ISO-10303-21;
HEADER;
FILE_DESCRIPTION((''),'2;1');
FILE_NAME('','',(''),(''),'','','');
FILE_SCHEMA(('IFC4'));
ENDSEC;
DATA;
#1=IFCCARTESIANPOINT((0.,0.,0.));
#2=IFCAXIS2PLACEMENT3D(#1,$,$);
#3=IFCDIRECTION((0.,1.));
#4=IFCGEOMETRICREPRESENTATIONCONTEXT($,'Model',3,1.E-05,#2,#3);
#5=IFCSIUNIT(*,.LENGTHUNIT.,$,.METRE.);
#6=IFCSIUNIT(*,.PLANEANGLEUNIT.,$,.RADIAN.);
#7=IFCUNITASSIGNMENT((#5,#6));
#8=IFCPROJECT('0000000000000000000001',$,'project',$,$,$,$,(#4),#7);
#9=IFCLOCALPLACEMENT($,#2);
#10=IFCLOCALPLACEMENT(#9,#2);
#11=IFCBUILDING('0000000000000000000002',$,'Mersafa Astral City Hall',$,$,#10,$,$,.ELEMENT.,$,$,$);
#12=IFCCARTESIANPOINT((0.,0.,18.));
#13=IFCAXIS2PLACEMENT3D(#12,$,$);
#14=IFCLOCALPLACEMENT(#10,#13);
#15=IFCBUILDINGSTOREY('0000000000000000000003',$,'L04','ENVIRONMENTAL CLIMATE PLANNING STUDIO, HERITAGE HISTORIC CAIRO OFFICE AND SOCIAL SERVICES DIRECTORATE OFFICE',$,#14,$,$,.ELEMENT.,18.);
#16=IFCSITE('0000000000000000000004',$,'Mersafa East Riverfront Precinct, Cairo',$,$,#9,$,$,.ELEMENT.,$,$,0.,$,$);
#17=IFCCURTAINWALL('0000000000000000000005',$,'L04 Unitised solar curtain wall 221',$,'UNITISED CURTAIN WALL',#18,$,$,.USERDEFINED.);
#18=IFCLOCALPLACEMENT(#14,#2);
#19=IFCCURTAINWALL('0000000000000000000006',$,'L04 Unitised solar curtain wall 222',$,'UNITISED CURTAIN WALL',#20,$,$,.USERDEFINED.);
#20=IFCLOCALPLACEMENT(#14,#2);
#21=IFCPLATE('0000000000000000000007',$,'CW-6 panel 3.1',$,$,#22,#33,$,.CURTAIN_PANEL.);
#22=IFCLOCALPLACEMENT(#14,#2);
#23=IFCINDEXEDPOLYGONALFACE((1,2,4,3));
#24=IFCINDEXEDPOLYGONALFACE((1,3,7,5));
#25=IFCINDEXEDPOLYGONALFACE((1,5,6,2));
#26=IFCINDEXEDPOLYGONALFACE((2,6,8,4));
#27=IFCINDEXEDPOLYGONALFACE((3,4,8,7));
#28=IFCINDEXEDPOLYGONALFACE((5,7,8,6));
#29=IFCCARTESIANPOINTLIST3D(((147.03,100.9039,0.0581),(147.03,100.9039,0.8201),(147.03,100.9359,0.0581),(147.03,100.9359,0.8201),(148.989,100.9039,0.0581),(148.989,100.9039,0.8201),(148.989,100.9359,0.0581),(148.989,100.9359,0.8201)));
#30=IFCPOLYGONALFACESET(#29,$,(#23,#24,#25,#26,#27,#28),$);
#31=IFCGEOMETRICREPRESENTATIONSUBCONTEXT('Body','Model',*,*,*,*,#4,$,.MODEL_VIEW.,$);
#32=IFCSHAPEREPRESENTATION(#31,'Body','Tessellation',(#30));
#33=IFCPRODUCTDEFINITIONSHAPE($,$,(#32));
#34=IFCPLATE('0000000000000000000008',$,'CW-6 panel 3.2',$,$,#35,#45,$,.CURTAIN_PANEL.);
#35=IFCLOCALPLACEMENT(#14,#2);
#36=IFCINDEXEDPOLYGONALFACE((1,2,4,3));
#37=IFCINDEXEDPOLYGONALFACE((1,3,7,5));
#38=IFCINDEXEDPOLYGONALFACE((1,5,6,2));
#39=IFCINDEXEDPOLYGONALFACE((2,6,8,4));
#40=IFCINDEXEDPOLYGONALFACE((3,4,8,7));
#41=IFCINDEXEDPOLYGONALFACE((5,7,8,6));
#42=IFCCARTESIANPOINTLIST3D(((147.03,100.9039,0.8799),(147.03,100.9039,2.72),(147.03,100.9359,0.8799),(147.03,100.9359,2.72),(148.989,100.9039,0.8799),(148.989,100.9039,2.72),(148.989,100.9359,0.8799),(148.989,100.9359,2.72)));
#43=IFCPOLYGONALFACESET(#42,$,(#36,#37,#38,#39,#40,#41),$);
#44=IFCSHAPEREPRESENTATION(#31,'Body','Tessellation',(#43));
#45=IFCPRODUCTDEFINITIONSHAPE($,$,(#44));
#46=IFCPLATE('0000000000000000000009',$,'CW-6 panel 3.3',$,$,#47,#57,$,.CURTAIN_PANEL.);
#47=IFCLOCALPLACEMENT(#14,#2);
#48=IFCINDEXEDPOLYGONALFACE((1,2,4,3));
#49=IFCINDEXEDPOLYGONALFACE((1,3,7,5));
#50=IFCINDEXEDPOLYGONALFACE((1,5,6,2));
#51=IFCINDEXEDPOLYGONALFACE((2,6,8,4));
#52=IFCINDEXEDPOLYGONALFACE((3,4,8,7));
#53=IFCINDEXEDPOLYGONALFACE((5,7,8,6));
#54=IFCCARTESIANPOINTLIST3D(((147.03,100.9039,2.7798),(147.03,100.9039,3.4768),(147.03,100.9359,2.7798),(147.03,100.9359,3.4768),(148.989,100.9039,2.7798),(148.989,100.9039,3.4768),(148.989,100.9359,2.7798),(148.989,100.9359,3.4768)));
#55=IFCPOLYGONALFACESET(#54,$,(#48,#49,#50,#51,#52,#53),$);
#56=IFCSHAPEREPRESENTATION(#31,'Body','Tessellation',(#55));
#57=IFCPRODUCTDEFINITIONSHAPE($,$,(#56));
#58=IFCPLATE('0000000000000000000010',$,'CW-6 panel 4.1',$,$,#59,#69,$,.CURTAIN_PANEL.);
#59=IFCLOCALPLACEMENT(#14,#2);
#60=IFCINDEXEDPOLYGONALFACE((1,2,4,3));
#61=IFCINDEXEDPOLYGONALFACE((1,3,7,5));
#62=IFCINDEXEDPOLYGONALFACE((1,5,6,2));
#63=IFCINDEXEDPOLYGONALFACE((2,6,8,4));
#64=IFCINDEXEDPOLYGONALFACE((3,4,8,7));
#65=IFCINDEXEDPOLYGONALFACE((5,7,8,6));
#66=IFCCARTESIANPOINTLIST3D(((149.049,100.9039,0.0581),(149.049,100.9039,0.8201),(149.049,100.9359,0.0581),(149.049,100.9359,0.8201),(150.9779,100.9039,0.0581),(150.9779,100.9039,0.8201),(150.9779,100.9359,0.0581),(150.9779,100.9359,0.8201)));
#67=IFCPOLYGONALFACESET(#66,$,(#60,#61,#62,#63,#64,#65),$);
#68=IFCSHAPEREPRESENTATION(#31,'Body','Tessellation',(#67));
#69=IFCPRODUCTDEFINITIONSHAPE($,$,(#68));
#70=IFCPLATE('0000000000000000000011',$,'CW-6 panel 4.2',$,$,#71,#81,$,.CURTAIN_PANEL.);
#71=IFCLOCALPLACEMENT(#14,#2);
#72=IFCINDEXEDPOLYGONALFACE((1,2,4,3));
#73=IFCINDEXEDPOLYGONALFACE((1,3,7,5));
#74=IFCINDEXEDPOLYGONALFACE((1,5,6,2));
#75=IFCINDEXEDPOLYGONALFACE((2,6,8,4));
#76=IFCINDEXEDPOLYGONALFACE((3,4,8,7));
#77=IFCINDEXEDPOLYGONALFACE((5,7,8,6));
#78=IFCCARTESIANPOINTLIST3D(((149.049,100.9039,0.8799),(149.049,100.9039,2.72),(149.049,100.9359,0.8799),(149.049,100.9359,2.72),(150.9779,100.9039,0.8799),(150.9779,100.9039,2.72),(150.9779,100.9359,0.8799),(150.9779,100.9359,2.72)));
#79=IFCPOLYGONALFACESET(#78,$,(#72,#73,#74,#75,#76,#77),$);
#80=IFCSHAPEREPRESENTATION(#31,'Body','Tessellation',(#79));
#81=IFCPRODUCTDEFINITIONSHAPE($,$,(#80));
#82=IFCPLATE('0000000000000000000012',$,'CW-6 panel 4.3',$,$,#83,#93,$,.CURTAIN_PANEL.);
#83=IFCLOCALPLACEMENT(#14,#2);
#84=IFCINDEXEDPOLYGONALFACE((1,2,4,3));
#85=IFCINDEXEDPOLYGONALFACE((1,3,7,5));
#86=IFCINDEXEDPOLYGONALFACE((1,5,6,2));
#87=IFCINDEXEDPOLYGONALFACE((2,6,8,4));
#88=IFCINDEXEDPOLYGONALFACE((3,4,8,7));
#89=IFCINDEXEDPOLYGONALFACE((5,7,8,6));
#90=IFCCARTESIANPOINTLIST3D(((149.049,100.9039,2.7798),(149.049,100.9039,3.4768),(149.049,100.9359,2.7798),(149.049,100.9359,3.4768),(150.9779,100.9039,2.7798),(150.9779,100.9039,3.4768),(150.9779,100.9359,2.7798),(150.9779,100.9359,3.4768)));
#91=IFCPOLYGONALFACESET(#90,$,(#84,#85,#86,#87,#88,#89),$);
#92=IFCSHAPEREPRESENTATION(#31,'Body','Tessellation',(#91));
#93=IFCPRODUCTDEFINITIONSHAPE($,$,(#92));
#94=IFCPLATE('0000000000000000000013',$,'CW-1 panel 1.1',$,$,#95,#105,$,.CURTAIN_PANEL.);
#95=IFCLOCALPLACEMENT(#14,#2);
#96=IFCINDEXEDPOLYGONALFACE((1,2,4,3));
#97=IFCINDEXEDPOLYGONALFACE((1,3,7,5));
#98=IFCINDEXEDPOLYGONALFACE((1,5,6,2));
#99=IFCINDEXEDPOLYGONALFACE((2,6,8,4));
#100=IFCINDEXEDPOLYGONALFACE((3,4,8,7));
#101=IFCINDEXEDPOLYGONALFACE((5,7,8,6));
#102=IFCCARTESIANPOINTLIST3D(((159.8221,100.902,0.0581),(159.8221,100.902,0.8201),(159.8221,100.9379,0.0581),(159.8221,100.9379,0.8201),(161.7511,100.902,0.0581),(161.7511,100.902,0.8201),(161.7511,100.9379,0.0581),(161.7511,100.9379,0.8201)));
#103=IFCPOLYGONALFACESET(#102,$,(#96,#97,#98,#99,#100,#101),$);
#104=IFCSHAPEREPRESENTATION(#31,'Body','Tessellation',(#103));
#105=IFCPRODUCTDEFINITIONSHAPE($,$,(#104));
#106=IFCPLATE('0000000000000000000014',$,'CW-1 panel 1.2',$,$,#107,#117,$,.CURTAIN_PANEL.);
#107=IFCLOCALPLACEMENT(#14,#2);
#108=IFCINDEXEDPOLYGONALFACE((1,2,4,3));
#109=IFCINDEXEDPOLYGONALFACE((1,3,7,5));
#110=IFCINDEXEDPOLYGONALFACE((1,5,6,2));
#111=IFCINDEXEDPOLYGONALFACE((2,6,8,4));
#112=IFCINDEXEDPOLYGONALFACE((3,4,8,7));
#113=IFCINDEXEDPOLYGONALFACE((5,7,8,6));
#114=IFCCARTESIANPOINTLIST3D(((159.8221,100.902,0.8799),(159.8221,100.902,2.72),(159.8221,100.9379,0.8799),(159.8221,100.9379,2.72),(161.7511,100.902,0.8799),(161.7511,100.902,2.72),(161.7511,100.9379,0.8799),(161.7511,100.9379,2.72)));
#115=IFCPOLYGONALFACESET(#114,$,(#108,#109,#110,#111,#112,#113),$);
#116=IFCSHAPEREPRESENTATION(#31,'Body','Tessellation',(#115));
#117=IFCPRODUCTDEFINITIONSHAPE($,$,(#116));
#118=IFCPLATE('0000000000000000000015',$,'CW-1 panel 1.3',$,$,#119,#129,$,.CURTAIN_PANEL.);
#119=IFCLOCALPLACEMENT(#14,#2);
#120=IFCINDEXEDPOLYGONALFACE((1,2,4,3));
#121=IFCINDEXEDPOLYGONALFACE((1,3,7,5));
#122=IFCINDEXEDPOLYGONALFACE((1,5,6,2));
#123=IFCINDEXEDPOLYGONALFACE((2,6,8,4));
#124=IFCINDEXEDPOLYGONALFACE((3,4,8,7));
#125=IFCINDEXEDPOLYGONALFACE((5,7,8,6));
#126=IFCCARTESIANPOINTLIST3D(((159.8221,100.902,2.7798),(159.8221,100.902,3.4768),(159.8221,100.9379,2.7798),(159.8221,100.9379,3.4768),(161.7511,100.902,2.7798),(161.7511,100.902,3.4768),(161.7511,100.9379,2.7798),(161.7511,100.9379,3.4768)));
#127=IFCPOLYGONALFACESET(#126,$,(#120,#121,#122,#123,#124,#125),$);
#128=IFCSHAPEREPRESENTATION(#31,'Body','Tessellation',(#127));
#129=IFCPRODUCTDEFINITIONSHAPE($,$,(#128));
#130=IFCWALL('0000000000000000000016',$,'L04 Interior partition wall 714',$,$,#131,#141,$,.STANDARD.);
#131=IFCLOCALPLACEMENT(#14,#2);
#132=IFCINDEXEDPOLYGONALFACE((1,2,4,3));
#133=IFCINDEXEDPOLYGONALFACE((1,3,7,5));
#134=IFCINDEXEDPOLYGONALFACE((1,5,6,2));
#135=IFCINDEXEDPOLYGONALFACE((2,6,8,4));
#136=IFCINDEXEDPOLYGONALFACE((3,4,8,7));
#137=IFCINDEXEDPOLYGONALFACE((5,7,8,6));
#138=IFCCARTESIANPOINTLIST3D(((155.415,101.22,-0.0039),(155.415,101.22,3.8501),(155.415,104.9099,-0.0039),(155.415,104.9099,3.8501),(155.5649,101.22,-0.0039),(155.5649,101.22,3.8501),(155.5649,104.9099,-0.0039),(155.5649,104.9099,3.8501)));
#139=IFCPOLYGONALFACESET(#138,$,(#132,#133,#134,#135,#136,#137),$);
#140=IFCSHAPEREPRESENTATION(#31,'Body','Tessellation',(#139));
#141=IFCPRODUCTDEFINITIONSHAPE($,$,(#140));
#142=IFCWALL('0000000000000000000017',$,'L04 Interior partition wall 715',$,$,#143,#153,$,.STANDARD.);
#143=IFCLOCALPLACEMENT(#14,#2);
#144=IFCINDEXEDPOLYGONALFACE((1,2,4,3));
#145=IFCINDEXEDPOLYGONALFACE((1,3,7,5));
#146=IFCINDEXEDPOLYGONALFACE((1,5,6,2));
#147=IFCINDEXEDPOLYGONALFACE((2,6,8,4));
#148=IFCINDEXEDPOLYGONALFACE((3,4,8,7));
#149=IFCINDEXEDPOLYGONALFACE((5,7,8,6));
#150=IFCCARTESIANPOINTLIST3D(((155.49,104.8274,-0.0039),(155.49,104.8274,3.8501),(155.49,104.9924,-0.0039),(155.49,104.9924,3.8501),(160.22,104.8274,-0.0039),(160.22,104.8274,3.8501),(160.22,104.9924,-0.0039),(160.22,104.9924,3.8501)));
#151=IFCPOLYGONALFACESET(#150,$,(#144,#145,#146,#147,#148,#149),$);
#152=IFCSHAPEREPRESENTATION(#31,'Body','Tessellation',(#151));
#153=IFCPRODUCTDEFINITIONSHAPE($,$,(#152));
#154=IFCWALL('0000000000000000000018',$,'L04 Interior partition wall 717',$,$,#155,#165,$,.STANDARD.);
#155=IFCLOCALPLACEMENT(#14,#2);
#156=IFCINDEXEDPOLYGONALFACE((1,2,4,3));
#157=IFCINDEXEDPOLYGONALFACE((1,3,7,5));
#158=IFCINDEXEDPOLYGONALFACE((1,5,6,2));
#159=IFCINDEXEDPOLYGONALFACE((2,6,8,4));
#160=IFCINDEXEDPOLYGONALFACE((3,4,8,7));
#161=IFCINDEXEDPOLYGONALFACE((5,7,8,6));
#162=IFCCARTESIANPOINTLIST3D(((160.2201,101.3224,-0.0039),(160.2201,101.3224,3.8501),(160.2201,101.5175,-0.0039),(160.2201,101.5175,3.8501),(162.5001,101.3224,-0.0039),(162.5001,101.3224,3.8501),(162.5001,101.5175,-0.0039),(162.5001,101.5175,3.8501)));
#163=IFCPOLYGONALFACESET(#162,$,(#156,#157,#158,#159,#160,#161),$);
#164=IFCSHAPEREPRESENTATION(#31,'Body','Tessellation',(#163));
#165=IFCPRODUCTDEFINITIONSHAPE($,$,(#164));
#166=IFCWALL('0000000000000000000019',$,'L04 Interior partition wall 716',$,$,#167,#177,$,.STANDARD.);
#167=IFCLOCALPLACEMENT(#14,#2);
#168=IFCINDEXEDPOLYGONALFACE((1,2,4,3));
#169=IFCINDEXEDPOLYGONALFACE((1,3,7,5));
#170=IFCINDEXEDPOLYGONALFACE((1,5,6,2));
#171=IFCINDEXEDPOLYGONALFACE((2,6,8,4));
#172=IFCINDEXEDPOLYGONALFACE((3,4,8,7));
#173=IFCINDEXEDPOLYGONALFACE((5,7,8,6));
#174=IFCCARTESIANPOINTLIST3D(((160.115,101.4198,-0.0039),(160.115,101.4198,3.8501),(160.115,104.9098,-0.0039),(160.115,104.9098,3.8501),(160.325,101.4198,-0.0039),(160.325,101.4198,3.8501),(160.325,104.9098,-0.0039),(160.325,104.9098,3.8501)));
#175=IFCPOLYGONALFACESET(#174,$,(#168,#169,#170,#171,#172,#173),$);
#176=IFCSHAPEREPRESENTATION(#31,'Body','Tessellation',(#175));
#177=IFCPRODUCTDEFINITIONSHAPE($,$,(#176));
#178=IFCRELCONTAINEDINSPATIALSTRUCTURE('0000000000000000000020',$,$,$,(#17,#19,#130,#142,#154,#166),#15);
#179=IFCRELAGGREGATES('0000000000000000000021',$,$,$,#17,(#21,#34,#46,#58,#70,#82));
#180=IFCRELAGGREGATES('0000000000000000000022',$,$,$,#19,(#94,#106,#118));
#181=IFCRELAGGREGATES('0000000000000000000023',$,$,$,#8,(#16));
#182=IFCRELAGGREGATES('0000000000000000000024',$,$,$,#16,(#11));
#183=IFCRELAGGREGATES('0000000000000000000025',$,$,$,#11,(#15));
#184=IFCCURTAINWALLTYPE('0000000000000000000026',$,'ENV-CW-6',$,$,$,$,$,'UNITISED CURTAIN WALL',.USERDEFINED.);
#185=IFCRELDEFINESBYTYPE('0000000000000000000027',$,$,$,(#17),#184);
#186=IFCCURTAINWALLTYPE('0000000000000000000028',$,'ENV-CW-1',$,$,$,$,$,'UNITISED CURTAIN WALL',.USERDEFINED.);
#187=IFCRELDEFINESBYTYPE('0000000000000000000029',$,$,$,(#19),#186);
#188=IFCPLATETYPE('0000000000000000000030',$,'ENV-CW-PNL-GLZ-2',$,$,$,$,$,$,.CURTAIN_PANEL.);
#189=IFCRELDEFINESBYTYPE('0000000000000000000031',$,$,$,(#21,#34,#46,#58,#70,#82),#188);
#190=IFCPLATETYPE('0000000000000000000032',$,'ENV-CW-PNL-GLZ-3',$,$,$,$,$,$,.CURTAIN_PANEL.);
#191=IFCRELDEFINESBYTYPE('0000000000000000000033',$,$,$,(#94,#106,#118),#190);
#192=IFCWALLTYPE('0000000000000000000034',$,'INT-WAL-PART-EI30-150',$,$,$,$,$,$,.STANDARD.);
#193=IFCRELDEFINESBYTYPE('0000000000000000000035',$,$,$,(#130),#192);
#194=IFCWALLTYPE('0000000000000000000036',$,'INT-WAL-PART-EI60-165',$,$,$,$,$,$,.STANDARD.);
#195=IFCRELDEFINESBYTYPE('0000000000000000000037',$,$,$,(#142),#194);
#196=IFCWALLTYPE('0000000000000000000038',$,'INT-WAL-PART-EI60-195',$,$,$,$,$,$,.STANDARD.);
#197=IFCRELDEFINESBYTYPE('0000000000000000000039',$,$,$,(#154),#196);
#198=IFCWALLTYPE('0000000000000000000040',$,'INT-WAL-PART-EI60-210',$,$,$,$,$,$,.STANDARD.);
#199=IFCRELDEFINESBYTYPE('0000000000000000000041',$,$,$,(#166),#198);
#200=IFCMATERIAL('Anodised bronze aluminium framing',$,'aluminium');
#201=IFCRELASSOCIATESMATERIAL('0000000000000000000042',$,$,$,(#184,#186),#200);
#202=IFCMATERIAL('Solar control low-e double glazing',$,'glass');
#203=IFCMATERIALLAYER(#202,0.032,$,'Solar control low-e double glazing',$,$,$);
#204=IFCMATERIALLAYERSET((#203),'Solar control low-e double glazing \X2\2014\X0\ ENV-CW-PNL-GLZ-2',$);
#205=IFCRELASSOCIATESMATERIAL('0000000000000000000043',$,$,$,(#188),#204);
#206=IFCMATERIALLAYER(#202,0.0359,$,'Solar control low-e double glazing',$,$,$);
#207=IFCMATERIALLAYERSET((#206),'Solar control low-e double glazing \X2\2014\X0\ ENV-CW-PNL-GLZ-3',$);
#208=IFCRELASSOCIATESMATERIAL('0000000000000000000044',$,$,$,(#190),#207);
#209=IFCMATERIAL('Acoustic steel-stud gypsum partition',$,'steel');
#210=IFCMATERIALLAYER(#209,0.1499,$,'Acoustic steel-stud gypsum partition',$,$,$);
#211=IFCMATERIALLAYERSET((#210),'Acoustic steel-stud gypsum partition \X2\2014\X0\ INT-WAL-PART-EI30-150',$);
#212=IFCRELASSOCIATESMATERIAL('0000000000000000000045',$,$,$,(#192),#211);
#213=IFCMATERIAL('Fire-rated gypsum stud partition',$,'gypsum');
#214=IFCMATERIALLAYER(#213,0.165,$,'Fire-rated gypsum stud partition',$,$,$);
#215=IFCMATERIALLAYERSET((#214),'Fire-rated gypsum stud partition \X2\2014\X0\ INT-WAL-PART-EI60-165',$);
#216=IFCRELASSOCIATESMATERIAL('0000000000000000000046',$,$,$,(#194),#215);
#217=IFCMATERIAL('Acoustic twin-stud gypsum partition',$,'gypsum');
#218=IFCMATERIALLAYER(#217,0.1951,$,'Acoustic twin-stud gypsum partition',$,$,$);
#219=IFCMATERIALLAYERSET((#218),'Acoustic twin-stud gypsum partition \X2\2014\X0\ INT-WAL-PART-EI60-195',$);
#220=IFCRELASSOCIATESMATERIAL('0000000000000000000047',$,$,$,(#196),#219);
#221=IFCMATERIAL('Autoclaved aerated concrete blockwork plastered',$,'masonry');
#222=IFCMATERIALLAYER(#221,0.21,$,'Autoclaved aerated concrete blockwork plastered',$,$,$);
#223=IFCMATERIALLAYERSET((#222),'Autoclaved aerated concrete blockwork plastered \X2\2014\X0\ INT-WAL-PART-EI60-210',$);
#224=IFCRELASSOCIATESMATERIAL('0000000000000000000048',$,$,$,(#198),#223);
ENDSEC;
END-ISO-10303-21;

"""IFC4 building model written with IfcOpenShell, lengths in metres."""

from ifc_helpers import new_model, si_unit, direction, frame, frame_2d, origin, origin_2d, place, context, subcontext, project, spatial, rectangle, extrude, material, layer, layer_set, type_object, element, aggregate, save


model = new_model("IFC4")

# Units and contexts
model_context = context("Model", 3, precision=1e-05, world=origin(), true_north=direction((0.0, 1.0)))
body_context = subcontext(model_context, "Body", "Model", "MODEL_VIEW")
ifc_project = project(units=[si_unit("LENGTHUNIT", "METRE"), si_unit("PLANEANGLEUNIT", "RADIAN")], contexts=[model_context])

# Site, building, storey
site_placement = place(None, origin())
site = spatial("IfcSite", under=ifc_project, at=site_placement, Name="Mersafa East Riverfront Precinct, Cairo", CompositionType="ELEMENT", RefElevation=0.0)
building_placement = place(site_placement, origin())
building = spatial("IfcBuilding", under=site, at=building_placement, Name="Mersafa Astral City Hall", CompositionType="ELEMENT")
storey_placement = place(building_placement, frame((0.0, 0.0, 18.0)))
storey = spatial("IfcBuildingStorey", under=building, at=storey_placement, Name="L04", Description="ENVIRONMENTAL CLIMATE PLANNING STUDIO, HERITAGE HISTORIC CAIRO OFFICE AND SOCIAL SERVICES DIRECTORATE OFFICE", CompositionType="ELEMENT", Elevation=18.0)

# Curtain walls
ifc_material_1 = material(Name="Anodised bronze aluminium framing", Category="aluminium")
curtain_wall_type_1 = type_object("IfcCurtainWallType", Name="ENV-CW-6", ElementType="UNITISED CURTAIN WALL", PredefinedType="USERDEFINED", material=ifc_material_1)
curtain_wall_1_placement = place(storey_placement, origin())
curtain_wall_1 = element("IfcCurtainWall", 1, at=curtain_wall_1_placement, inside=storey, type_object=curtain_wall_type_1, Name="L04 Unitised solar curtain wall 221", ObjectType="UNITISED CURTAIN WALL", PredefinedType="USERDEFINED")
curtain_wall_type_2 = type_object("IfcCurtainWallType", Name="ENV-CW-1", ElementType="UNITISED CURTAIN WALL", PredefinedType="USERDEFINED", material=ifc_material_1)
curtain_wall_2_placement = place(storey_placement, origin())
curtain_wall_2 = element("IfcCurtainWall", 2, at=curtain_wall_2_placement, inside=storey, type_object=curtain_wall_type_2, Name="L04 Unitised solar curtain wall 222", ObjectType="UNITISED CURTAIN WALL", PredefinedType="USERDEFINED")

# Plates
ifc_material_2 = material(Name="Solar control low-e double glazing", Category="glass")
ifc_layer_1 = layer(ifc_material_2, 0.032, Name="Solar control low-e double glazing")
ifc_layer_set_1 = layer_set([ifc_layer_1], Name="Solar control low-e double glazing — ENV-CW-PNL-GLZ-2")
plate_type_1 = type_object("IfcPlateType", Name="ENV-CW-PNL-GLZ-2", PredefinedType="CURTAIN_PANEL", material=ifc_layer_set_1)
plate_1_placement = place(storey_placement, frame((148.0095, 100.9199, 0.0581), z_axis=(0.0, 0.0, 1.0), x_axis=(1.0, 0.0, 0.0)))
plate_1 = element("IfcPlate", 3, at=plate_1_placement, type_object=plate_type_1, Name="CW-6 panel 3.1", PredefinedType="CURTAIN_PANEL", context=body_context, shape_type="SweptSolid", body=[
    extrude(rectangle(XDim=1.959, YDim=0.032, at=origin_2d()), origin(), (0.0, 0.0, 1.0), 0.762),
])
plate_2_placement = place(storey_placement, frame((148.0095, 100.9199, 0.8799), z_axis=(0.0, 0.0, 1.0), x_axis=(1.0, 0.0, 0.0)))
plate_2 = element("IfcPlate", 4, at=plate_2_placement, type_object=plate_type_1, Name="CW-6 panel 3.2", PredefinedType="CURTAIN_PANEL", context=body_context, shape_type="SweptSolid", body=[
    extrude(rectangle(XDim=1.959, YDim=0.032, at=origin_2d()), origin(), (0.0, 0.0, 1.0), 1.8401),
])
plate_3_placement = place(storey_placement, frame((148.0095, 100.9199, 2.7798), z_axis=(0.0, 0.0, 1.0), x_axis=(1.0, 0.0, 0.0)))
plate_3 = element("IfcPlate", 5, at=plate_3_placement, type_object=plate_type_1, Name="CW-6 panel 3.3", PredefinedType="CURTAIN_PANEL", context=body_context, shape_type="SweptSolid", body=[
    extrude(rectangle(XDim=1.959, YDim=0.032, at=origin_2d()), origin(), (0.0, 0.0, 1.0), 0.697),
])
plate_4_placement = place(storey_placement, frame((150.0134, 100.9199, 0.0581), z_axis=(0.0, 0.0, 1.0), x_axis=(1.0, 0.0, 0.0)))
plate_4 = element("IfcPlate", 6, at=plate_4_placement, type_object=plate_type_1, Name="CW-6 panel 4.1", PredefinedType="CURTAIN_PANEL", context=body_context, shape_type="SweptSolid", body=[
    extrude(rectangle(XDim=1.929, YDim=0.032, at=origin_2d()), origin(), (0.0, 0.0, 1.0), 0.762),
])
plate_5_placement = place(storey_placement, frame((150.0134, 100.9199, 0.8799), z_axis=(0.0, 0.0, 1.0), x_axis=(1.0, 0.0, 0.0)))
plate_5 = element("IfcPlate", 7, at=plate_5_placement, type_object=plate_type_1, Name="CW-6 panel 4.2", PredefinedType="CURTAIN_PANEL", context=body_context, shape_type="SweptSolid", body=[
    extrude(rectangle(XDim=1.929, YDim=0.032, at=origin_2d()), origin(), (0.0, 0.0, 1.0), 1.8401),
])
plate_6_placement = place(storey_placement, frame((150.0134, 100.9199, 2.7798), z_axis=(0.0, 0.0, 1.0), x_axis=(1.0, 0.0, 0.0)))
plate_6 = element("IfcPlate", 8, at=plate_6_placement, type_object=plate_type_1, Name="CW-6 panel 4.3", PredefinedType="CURTAIN_PANEL", context=body_context, shape_type="SweptSolid", body=[
    extrude(rectangle(XDim=1.929, YDim=0.032, at=origin_2d()), origin(), (0.0, 0.0, 1.0), 0.697),
])
aggregate(curtain_wall_1, [plate_1, plate_2, plate_3, plate_4, plate_5, plate_6])
ifc_layer_2 = layer(ifc_material_2, 0.0359, Name="Solar control low-e double glazing")
ifc_layer_set_2 = layer_set([ifc_layer_2], Name="Solar control low-e double glazing — ENV-CW-PNL-GLZ-3")
plate_type_2 = type_object("IfcPlateType", Name="ENV-CW-PNL-GLZ-3", PredefinedType="CURTAIN_PANEL", material=ifc_layer_set_2)
plate_7_placement = place(storey_placement, frame((160.7866, 100.9199, 0.0581), z_axis=(0.0, 0.0, 1.0), x_axis=(1.0, 0.0, 0.0)))
plate_7 = element("IfcPlate", 9, at=plate_7_placement, type_object=plate_type_2, Name="CW-1 panel 1.1", PredefinedType="CURTAIN_PANEL", context=body_context, shape_type="SweptSolid", body=[
    extrude(rectangle(XDim=1.929, YDim=0.0359, at=origin_2d()), origin(), (0.0, 0.0, 1.0), 0.762),
])
plate_8_placement = place(storey_placement, frame((160.7866, 100.9199, 0.8799), z_axis=(0.0, 0.0, 1.0), x_axis=(1.0, 0.0, 0.0)))
plate_8 = element("IfcPlate", 10, at=plate_8_placement, type_object=plate_type_2, Name="CW-1 panel 1.2", PredefinedType="CURTAIN_PANEL", context=body_context, shape_type="SweptSolid", body=[
    extrude(rectangle(XDim=1.929, YDim=0.0359, at=origin_2d()), origin(), (0.0, 0.0, 1.0), 1.8401),
])
plate_9_placement = place(storey_placement, frame((160.7866, 100.9199, 2.7798), z_axis=(0.0, 0.0, 1.0), x_axis=(1.0, 0.0, 0.0)))
plate_9 = element("IfcPlate", 11, at=plate_9_placement, type_object=plate_type_2, Name="CW-1 panel 1.3", PredefinedType="CURTAIN_PANEL", context=body_context, shape_type="SweptSolid", body=[
    extrude(rectangle(XDim=1.929, YDim=0.0359, at=origin_2d()), origin(), (0.0, 0.0, 1.0), 0.697),
])
aggregate(curtain_wall_2, [plate_7, plate_8, plate_9])

# Walls
ifc_material_3 = material(Name="Acoustic steel-stud gypsum partition", Category="steel")
ifc_layer_3 = layer(ifc_material_3, 0.1499, Name="Acoustic steel-stud gypsum partition")
ifc_layer_set_3 = layer_set([ifc_layer_3], Name="Acoustic steel-stud gypsum partition — INT-WAL-PART-EI30-150")
wall_type_1 = type_object("IfcWallType", Name="INT-WAL-PART-EI30-150", PredefinedType="STANDARD", material=ifc_layer_set_3)
wall_1_placement = place(storey_placement, frame((155.49, 101.22, -0.0039), z_axis=(0.0, 0.0, 1.0), x_axis=(0.0, 1.0, 0.0)))
element("IfcWall", 12, at=wall_1_placement, inside=storey, type_object=wall_type_1, Name="L04 Interior partition wall 714", PredefinedType="STANDARD", context=body_context, shape_type="SweptSolid", body=[
    extrude(rectangle(XDim=3.6899, YDim=0.1499, at=frame_2d((1.845, 0.0))), origin(), (0.0, 0.0, 1.0), 3.854),
])
ifc_material_4 = material(Name="Fire-rated gypsum stud partition", Category="gypsum")
ifc_layer_4 = layer(ifc_material_4, 0.165, Name="Fire-rated gypsum stud partition")
ifc_layer_set_4 = layer_set([ifc_layer_4], Name="Fire-rated gypsum stud partition — INT-WAL-PART-EI60-165")
wall_type_2 = type_object("IfcWallType", Name="INT-WAL-PART-EI60-165", PredefinedType="STANDARD", material=ifc_layer_set_4)
wall_2_placement = place(storey_placement, frame((155.49, 104.9099, -0.0039), z_axis=(0.0, 0.0, 1.0), x_axis=(1.0, 0.0, 0.0)))
element("IfcWall", 13, at=wall_2_placement, inside=storey, type_object=wall_type_2, Name="L04 Interior partition wall 715", PredefinedType="STANDARD", context=body_context, shape_type="SweptSolid", body=[
    extrude(rectangle(XDim=4.73, YDim=0.165, at=frame_2d((2.365, 0.0))), origin(), (0.0, 0.0, 1.0), 3.854),
])
ifc_material_5 = material(Name="Acoustic twin-stud gypsum partition", Category="gypsum")
ifc_layer_5 = layer(ifc_material_5, 0.1951, Name="Acoustic twin-stud gypsum partition")
ifc_layer_set_5 = layer_set([ifc_layer_5], Name="Acoustic twin-stud gypsum partition — INT-WAL-PART-EI60-195")
wall_type_3 = type_object("IfcWallType", Name="INT-WAL-PART-EI60-195", PredefinedType="STANDARD", material=ifc_layer_set_5)
wall_3_placement = place(storey_placement, frame((160.22, 101.4199, -0.0039), z_axis=(0.0, 0.0, 1.0), x_axis=(1.0, 0.0, 0.0)))
element("IfcWall", 14, at=wall_3_placement, inside=storey, type_object=wall_type_3, Name="L04 Interior partition wall 717", PredefinedType="STANDARD", context=body_context, shape_type="SweptSolid", body=[
    extrude(rectangle(XDim=2.28, YDim=0.1951, at=frame_2d((1.1401, 0.0))), origin(), (0.0, 0.0, 1.0), 3.854),
])
ifc_material_6 = material(Name="Autoclaved aerated concrete blockwork plastered", Category="masonry")
ifc_layer_6 = layer(ifc_material_6, 0.21, Name="Autoclaved aerated concrete blockwork plastered")
ifc_layer_set_6 = layer_set([ifc_layer_6], Name="Autoclaved aerated concrete blockwork plastered — INT-WAL-PART-EI60-210")
wall_type_4 = type_object("IfcWallType", Name="INT-WAL-PART-EI60-210", PredefinedType="STANDARD", material=ifc_layer_set_6)
wall_4_placement = place(storey_placement, frame((160.22, 104.9099, -0.0039), z_axis=(0.0, 0.0, 1.0), x_axis=(0.0, -1.0, 0.0)))
element("IfcWall", 15, at=wall_4_placement, inside=storey, type_object=wall_type_4, Name="L04 Interior partition wall 716", PredefinedType="STANDARD", context=body_context, shape_type="SweptSolid", body=[
    extrude(rectangle(XDim=3.49, YDim=0.21, at=frame_2d((1.7451, 0.0))), origin(), (0.0, 0.0, 1.0), 3.854),
])

save(model, "model.ifc")
